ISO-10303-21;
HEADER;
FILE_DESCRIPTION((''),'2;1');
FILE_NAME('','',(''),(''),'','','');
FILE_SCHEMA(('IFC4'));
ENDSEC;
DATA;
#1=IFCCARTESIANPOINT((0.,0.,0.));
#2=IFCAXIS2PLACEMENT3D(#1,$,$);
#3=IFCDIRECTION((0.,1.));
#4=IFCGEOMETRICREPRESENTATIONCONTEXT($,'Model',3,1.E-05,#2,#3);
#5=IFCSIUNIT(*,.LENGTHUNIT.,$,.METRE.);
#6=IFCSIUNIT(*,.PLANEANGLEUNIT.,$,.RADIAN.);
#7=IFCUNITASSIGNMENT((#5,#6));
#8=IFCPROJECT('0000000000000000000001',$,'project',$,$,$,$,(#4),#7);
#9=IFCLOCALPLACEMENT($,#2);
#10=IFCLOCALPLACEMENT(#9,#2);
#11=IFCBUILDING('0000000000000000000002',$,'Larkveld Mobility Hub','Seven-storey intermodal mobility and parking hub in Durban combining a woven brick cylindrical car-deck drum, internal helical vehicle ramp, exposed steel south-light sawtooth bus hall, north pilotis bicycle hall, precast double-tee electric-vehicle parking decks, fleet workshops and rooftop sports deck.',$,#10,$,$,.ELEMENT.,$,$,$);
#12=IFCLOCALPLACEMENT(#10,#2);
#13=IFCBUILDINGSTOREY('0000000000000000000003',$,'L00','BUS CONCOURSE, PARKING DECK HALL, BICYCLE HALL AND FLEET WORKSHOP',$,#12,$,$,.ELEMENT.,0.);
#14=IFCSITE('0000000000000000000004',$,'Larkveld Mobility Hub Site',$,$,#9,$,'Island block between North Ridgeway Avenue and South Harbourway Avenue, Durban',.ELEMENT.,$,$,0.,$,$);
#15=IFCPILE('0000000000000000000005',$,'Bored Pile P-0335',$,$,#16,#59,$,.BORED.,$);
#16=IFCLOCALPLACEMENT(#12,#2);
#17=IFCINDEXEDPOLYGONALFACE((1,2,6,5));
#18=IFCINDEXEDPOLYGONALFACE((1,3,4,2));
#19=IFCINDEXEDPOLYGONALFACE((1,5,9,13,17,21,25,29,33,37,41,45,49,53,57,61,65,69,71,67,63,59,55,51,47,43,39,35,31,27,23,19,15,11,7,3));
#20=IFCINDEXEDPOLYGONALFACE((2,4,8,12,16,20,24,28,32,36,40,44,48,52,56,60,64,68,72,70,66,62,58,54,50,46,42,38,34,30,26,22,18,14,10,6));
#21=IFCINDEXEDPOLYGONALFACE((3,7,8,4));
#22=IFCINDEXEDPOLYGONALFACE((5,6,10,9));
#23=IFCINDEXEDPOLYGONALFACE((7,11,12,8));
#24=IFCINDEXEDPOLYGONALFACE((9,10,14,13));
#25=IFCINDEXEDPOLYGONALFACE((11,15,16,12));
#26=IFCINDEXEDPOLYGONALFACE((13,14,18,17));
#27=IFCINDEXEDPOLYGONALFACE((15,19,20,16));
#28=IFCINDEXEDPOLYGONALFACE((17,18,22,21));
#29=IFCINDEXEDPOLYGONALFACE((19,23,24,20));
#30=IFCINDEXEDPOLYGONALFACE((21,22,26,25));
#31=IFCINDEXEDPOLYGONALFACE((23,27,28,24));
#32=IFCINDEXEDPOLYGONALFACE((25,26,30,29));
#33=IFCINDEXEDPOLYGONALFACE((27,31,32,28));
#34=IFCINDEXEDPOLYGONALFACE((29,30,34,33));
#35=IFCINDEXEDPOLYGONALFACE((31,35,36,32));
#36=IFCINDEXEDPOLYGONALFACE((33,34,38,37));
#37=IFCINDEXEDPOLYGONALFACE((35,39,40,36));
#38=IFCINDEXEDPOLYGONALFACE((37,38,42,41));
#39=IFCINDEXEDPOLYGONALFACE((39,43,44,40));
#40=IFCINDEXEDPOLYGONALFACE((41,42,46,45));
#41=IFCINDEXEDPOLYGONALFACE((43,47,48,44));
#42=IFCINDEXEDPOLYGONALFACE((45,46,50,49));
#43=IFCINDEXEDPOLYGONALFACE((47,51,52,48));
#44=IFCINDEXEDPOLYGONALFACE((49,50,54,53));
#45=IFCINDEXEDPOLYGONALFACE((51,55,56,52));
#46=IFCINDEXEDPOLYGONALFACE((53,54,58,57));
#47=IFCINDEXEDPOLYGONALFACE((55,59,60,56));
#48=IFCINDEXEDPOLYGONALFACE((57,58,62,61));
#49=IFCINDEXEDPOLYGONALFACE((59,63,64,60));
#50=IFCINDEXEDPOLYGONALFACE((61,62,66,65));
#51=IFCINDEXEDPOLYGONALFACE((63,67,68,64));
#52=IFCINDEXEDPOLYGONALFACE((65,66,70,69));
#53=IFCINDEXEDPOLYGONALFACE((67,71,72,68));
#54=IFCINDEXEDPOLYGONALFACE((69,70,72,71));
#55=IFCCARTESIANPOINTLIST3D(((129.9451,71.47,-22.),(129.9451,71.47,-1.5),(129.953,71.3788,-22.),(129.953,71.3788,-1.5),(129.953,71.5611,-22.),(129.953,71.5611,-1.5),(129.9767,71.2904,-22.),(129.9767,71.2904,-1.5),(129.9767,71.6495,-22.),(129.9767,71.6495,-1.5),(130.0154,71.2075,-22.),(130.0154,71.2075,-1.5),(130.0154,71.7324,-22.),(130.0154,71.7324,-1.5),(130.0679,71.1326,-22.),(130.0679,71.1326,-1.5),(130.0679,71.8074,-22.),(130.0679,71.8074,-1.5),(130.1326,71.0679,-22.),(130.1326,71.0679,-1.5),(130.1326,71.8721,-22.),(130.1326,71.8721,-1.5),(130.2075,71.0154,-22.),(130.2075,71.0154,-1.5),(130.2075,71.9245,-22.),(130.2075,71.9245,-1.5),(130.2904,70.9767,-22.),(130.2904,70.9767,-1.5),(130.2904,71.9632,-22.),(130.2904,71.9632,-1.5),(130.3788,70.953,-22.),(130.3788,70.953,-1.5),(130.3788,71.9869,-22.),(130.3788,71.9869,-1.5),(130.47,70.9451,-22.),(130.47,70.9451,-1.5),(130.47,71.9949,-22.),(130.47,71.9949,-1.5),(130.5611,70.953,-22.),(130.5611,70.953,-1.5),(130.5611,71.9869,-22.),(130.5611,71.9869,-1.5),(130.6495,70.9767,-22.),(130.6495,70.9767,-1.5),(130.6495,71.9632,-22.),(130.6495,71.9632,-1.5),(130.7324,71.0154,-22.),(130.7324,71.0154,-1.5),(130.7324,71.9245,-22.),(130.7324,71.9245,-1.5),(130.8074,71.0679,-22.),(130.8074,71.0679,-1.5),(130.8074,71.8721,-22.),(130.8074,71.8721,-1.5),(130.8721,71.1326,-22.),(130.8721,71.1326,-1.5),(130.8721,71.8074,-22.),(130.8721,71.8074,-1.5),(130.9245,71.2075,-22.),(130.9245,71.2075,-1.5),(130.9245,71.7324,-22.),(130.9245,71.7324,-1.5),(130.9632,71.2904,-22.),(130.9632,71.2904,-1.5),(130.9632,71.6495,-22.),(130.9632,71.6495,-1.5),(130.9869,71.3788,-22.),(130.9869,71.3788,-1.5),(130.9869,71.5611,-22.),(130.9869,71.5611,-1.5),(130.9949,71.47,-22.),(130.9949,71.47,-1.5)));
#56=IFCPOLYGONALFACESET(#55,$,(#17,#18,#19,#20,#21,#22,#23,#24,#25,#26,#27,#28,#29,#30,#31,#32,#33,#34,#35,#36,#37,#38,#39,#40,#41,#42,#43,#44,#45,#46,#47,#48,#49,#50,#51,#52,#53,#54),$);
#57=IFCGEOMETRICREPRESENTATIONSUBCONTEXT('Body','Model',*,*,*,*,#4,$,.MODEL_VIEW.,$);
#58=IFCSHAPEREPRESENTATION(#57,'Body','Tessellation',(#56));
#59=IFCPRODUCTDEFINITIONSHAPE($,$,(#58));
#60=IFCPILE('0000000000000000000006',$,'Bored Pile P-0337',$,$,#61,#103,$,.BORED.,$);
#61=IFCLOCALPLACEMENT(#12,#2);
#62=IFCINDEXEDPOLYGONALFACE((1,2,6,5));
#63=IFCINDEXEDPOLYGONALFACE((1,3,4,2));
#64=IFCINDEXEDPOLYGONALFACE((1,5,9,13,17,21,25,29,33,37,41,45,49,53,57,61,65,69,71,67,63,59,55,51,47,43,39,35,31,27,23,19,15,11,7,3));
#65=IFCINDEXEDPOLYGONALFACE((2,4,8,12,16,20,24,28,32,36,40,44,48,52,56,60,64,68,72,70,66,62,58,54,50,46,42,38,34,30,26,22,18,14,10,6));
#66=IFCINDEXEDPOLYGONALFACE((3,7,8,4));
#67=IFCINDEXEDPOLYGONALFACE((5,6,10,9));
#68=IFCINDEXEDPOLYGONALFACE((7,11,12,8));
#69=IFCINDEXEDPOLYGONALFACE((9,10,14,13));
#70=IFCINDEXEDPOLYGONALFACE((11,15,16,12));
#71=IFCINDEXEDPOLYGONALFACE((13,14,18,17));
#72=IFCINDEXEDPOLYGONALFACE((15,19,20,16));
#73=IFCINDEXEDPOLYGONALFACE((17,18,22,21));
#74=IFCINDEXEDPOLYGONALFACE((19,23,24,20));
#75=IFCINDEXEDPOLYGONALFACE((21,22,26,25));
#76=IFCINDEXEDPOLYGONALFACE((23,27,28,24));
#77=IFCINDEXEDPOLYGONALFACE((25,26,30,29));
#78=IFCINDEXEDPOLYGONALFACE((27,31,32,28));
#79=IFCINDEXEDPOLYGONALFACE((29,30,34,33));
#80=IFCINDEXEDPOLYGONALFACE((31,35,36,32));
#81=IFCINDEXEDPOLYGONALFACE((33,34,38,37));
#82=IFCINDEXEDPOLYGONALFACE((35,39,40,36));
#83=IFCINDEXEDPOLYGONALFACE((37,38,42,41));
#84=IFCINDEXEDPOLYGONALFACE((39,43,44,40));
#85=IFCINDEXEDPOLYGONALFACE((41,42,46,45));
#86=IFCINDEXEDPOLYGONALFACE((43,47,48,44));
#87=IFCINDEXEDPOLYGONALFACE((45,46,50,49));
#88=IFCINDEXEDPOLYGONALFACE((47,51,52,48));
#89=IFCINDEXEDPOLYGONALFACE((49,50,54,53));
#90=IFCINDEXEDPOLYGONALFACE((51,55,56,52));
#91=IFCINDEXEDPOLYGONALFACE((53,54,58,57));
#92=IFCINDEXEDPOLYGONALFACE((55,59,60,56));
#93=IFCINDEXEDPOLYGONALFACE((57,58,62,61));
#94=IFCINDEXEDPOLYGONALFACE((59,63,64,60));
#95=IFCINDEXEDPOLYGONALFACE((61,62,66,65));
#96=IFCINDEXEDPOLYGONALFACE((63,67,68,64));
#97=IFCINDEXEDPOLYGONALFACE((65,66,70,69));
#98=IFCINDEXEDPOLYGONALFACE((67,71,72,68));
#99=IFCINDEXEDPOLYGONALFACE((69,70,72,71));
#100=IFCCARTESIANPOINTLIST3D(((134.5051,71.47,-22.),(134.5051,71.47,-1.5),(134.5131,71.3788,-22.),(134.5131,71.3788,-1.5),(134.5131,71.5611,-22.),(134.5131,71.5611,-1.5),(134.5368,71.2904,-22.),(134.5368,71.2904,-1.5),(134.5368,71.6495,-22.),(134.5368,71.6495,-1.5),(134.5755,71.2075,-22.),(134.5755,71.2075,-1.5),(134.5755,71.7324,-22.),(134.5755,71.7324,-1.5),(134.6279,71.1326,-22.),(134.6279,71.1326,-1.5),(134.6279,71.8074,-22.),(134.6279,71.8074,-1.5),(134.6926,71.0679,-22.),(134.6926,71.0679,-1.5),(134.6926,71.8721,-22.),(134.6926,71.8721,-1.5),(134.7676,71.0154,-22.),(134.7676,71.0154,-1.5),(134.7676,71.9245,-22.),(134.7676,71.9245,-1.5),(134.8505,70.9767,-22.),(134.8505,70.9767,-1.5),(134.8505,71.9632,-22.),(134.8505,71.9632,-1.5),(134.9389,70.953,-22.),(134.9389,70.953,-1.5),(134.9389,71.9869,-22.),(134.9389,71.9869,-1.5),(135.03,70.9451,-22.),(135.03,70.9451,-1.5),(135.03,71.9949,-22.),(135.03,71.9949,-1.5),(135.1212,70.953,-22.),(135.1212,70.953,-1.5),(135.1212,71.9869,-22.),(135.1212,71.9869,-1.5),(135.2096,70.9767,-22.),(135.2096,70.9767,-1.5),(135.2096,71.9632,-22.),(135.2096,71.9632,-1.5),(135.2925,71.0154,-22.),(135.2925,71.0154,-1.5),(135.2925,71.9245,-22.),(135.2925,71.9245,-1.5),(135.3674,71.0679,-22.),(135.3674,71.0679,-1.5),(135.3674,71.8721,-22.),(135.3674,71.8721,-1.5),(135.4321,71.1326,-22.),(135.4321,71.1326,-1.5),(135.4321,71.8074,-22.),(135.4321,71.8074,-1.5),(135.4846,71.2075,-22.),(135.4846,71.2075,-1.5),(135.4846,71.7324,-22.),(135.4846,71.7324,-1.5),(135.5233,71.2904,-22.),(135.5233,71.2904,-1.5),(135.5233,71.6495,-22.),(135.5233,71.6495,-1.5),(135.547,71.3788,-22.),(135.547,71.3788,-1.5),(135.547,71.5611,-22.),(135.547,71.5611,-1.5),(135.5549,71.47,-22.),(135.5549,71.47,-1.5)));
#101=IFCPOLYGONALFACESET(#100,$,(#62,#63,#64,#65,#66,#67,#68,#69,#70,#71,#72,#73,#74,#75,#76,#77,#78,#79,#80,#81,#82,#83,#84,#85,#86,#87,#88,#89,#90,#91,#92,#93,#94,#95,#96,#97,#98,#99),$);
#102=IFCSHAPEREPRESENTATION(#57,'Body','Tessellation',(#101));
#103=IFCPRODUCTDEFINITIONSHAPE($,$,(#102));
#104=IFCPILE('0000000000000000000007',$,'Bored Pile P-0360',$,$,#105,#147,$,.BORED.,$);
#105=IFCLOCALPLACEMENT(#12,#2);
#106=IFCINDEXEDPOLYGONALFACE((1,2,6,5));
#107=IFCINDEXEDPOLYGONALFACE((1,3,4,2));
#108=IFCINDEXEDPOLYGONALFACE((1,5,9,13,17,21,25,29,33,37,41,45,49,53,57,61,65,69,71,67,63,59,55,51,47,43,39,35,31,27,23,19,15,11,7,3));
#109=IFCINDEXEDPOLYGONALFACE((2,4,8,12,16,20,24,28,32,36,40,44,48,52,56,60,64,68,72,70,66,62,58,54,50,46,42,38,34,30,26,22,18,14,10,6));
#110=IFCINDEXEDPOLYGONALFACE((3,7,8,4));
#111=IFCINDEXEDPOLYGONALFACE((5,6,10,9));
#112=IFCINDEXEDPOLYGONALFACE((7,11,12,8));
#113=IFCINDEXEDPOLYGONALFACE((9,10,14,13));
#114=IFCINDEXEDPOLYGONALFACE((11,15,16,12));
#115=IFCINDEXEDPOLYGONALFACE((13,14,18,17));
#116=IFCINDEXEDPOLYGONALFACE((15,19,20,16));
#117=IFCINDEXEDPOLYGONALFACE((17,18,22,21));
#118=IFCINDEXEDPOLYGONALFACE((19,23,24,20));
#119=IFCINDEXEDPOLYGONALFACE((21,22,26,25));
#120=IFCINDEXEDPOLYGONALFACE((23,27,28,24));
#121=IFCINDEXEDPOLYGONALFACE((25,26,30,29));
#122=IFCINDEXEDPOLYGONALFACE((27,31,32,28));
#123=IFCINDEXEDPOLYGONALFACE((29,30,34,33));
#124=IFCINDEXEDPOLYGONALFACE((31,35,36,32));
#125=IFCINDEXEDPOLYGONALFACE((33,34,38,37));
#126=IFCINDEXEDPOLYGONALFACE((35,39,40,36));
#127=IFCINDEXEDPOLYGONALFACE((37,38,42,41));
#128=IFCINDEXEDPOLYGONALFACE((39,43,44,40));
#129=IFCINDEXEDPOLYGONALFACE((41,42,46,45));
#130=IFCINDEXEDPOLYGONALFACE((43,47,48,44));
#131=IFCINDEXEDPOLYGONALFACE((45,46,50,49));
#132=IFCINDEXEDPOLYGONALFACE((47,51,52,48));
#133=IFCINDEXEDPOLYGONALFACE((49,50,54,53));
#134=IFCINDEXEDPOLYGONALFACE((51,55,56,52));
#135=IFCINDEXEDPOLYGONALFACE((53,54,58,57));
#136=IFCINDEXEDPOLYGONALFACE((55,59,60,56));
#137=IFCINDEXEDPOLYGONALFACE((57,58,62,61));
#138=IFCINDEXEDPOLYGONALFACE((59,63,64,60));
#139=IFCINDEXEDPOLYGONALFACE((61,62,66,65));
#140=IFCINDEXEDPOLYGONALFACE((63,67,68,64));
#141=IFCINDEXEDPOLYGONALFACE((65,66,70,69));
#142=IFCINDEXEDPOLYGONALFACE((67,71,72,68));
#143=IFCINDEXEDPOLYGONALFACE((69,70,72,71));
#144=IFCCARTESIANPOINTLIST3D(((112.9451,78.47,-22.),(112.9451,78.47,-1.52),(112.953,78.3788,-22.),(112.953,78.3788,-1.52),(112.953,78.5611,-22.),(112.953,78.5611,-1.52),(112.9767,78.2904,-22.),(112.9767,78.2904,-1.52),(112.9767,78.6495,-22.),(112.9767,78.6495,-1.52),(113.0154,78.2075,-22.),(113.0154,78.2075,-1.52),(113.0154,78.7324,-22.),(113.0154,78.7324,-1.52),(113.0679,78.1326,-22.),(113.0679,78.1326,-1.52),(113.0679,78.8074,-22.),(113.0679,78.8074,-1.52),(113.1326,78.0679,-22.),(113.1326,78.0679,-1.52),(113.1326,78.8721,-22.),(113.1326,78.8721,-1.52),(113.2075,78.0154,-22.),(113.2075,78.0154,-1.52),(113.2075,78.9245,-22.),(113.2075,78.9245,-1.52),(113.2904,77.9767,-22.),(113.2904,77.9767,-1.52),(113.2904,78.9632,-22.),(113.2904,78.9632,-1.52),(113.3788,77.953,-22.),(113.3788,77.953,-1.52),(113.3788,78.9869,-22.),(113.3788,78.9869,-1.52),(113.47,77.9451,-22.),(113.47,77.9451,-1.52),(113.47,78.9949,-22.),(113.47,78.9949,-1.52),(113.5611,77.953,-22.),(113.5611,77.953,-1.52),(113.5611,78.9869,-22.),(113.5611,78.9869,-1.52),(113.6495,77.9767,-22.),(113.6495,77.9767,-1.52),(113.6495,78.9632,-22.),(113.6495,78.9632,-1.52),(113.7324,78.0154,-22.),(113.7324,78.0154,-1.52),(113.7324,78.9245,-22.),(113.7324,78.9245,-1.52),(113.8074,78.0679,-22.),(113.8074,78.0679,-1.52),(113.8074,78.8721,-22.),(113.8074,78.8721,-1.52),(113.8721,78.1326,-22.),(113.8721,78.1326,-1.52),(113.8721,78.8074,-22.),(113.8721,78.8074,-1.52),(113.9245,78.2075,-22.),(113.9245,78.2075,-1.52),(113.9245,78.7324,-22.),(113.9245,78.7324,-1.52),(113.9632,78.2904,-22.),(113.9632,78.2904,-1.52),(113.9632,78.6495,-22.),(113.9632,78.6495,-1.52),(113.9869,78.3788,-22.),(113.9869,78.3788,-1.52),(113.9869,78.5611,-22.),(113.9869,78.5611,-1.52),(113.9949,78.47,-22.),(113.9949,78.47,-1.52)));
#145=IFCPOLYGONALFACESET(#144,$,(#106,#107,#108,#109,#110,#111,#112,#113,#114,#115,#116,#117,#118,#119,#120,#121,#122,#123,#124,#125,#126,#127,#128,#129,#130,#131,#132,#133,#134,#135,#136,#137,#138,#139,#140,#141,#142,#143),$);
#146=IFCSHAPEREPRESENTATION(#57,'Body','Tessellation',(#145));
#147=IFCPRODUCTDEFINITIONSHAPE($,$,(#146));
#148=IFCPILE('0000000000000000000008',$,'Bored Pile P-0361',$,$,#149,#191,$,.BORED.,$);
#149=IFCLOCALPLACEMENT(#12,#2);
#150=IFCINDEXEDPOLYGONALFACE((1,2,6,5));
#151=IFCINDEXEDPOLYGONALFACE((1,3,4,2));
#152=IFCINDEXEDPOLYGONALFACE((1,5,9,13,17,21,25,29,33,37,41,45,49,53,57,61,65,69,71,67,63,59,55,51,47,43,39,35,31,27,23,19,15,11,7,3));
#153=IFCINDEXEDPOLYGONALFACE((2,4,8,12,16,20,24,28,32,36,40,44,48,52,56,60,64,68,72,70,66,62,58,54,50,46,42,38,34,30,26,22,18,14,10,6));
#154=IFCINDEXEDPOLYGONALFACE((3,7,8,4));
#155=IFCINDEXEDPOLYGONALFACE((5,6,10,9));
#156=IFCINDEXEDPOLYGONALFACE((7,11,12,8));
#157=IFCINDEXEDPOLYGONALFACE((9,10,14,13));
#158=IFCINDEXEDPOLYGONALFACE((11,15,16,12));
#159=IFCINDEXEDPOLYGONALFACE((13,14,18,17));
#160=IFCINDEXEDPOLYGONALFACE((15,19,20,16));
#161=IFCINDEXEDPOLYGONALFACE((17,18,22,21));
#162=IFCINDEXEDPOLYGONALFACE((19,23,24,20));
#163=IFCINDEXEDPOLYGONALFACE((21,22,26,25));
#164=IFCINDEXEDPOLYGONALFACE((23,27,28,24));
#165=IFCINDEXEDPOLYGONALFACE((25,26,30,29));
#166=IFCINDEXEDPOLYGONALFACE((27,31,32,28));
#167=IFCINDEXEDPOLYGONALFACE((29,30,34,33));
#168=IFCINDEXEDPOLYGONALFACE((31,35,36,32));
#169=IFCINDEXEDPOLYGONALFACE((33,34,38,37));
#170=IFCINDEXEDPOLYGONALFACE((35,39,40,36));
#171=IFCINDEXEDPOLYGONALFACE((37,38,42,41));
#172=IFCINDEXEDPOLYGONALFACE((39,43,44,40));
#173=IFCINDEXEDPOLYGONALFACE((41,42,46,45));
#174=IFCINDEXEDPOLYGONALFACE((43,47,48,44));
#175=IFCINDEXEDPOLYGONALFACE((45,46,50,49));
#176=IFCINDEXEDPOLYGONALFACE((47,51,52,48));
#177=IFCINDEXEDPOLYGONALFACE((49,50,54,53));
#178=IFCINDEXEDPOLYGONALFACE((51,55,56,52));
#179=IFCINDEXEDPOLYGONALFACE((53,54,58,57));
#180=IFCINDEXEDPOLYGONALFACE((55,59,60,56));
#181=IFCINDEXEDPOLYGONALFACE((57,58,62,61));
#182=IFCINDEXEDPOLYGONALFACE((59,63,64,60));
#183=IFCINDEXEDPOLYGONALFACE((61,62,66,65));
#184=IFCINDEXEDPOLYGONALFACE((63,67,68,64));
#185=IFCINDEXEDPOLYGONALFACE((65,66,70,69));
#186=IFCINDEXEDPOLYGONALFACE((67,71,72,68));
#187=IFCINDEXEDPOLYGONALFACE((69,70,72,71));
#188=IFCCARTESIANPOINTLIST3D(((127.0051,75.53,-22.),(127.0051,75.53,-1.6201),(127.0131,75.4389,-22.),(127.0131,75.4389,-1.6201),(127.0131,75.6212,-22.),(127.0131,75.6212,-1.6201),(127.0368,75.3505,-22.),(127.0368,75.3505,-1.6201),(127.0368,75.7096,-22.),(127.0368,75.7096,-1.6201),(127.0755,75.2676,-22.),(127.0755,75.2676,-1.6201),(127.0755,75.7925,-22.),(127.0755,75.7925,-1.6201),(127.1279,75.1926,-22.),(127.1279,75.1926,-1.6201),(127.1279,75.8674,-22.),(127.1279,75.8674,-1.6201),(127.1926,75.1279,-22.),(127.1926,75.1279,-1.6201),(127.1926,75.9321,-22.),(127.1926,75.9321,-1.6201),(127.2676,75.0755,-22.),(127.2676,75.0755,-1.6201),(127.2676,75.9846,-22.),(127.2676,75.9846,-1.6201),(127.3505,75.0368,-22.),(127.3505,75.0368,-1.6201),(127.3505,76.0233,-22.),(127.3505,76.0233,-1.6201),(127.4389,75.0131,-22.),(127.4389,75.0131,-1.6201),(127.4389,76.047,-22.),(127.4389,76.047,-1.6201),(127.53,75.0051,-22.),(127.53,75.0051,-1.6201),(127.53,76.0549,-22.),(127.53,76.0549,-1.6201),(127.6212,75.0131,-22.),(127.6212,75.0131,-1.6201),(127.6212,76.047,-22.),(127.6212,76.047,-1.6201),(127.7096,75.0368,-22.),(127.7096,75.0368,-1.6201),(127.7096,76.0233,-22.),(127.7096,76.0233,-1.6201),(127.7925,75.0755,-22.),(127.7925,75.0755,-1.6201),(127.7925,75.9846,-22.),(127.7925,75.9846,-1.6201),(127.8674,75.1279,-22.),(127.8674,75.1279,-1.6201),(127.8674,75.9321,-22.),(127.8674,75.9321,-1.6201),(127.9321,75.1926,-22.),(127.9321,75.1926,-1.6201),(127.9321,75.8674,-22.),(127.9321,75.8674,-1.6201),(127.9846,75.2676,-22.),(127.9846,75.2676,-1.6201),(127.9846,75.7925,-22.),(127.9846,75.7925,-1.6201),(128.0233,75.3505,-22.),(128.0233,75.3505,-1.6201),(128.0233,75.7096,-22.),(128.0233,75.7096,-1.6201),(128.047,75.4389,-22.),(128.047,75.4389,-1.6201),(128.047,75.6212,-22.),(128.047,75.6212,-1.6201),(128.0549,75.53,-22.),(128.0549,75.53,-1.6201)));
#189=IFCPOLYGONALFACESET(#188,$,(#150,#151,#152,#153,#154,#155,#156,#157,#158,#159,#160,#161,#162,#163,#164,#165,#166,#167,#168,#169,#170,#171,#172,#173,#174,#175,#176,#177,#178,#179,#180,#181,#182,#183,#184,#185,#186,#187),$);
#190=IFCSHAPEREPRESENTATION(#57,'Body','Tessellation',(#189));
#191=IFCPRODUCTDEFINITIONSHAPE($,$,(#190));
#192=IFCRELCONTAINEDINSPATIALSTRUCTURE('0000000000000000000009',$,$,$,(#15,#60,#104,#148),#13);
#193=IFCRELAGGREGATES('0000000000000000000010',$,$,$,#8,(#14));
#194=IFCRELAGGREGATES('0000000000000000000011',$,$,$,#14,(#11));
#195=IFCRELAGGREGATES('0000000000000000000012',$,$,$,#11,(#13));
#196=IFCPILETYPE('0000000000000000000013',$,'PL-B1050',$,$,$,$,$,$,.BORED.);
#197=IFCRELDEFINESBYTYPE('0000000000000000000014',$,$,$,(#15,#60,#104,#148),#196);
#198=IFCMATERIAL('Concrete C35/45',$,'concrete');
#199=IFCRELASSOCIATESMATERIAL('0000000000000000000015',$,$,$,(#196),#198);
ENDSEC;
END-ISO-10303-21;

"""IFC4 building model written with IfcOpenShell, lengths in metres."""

from ifc_helpers import new_model, si_unit, direction, frame, origin, origin_2d, place, context, subcontext, project, spatial, circle, extrude, material, material_profile, profile_set, type_object, element, save


model = new_model("IFC4")

# Units and contexts
model_context = context("Model", 3, precision=1e-05, world=origin(), true_north=direction((0.0, 1.0)))
body_context = subcontext(model_context, "Body", "Model", "MODEL_VIEW")
ifc_project = project(units=[si_unit("LENGTHUNIT", "METRE"), si_unit("PLANEANGLEUNIT", "RADIAN")], contexts=[model_context])

# Site, building, storey
site_placement = place(None, origin())
site = spatial("IfcSite", under=ifc_project, at=site_placement, Name="Larkveld Mobility Hub Site", LongName="Island block between North Ridgeway Avenue and South Harbourway Avenue, Durban", CompositionType="ELEMENT", RefElevation=0.0)
building_placement = place(site_placement, origin())
building = spatial("IfcBuilding", under=site, at=building_placement, Name="Larkveld Mobility Hub", Description="Seven-storey intermodal mobility and parking hub in Durban combining a woven brick cylindrical car-deck drum, internal helical vehicle ramp, exposed steel south-light sawtooth bus hall, north pilotis bicycle hall, precast double-tee electric-vehicle parking decks, fleet workshops and rooftop sports deck.", CompositionType="ELEMENT")
storey_placement = place(building_placement, origin())
storey = spatial("IfcBuildingStorey", under=building, at=storey_placement, Name="L00", Description="BUS CONCOURSE, PARKING DECK HALL, BICYCLE HALL AND FLEET WORKSHOP", CompositionType="ELEMENT", Elevation=0.0)

# Shared definitions
ifc_material_1 = material(Name="Concrete C35/45", Category="concrete")

# Piles
ifc_material_profile_1 = material_profile(ifc_material_1, circle(Radius=0.5249, at=origin_2d()), Name="PILE D1050")
ifc_profile_set_1 = profile_set([ifc_material_profile_1], Name="Concrete C35/45")
pile_type = type_object("IfcPileType", Name="PL-B1050", PredefinedType="BORED", material=ifc_profile_set_1)
for number, where, z_axis, x_axis, name in (
    (1, (130.47, 71.47, -1.5), (0.0, 0.0, -1.0), (1.0, 0.0, 0.0), "Bored Pile P-0335"),
    (2, (135.03, 71.47, -1.5), (0.0, 0.0, -1.0), (1.0, 0.0, 0.0), "Bored Pile P-0337"),
):
    element("IfcPile", number, at=place(storey_placement, frame(where, z_axis=z_axis, x_axis=x_axis)), inside=storey, type_object=pile_type, Name=name, PredefinedType="BORED", context=body_context, shape_type="SweptSolid", body=[
        extrude(circle(Radius=0.5249, at=origin_2d()), origin(), (0.0, 0.0, 1.0), 20.5),
    ])
pile_1_placement = place(storey_placement, frame((113.47, 78.47, -1.52), z_axis=(0.0, 0.0, -1.0), x_axis=(1.0, 0.0, 0.0)))
element("IfcPile", 3, at=pile_1_placement, inside=storey, type_object=pile_type, Name="Bored Pile P-0360", PredefinedType="BORED", context=body_context, shape_type="SweptSolid", body=[
    extrude(circle(Radius=0.5249, at=origin_2d()), origin(), (0.0, 0.0, 1.0), 20.48),
])
for number, where, z_axis, x_axis, name in (
    (4, (127.53, 75.53, -1.6201), (0.0, 0.0, -1.0), (1.0, 0.0, 0.0), "Bored Pile P-0361"),
):
    element("IfcPile", number, at=place(storey_placement, frame(where, z_axis=z_axis, x_axis=x_axis)), inside=storey, type_object=pile_type, Name=name, PredefinedType="BORED", context=body_context, shape_type="SweptSolid", body=[
        extrude(circle(Radius=0.5249, at=origin_2d()), origin(), (0.0, 0.0, 1.0), 20.3799),
    ])

save(model, "model.ifc")
